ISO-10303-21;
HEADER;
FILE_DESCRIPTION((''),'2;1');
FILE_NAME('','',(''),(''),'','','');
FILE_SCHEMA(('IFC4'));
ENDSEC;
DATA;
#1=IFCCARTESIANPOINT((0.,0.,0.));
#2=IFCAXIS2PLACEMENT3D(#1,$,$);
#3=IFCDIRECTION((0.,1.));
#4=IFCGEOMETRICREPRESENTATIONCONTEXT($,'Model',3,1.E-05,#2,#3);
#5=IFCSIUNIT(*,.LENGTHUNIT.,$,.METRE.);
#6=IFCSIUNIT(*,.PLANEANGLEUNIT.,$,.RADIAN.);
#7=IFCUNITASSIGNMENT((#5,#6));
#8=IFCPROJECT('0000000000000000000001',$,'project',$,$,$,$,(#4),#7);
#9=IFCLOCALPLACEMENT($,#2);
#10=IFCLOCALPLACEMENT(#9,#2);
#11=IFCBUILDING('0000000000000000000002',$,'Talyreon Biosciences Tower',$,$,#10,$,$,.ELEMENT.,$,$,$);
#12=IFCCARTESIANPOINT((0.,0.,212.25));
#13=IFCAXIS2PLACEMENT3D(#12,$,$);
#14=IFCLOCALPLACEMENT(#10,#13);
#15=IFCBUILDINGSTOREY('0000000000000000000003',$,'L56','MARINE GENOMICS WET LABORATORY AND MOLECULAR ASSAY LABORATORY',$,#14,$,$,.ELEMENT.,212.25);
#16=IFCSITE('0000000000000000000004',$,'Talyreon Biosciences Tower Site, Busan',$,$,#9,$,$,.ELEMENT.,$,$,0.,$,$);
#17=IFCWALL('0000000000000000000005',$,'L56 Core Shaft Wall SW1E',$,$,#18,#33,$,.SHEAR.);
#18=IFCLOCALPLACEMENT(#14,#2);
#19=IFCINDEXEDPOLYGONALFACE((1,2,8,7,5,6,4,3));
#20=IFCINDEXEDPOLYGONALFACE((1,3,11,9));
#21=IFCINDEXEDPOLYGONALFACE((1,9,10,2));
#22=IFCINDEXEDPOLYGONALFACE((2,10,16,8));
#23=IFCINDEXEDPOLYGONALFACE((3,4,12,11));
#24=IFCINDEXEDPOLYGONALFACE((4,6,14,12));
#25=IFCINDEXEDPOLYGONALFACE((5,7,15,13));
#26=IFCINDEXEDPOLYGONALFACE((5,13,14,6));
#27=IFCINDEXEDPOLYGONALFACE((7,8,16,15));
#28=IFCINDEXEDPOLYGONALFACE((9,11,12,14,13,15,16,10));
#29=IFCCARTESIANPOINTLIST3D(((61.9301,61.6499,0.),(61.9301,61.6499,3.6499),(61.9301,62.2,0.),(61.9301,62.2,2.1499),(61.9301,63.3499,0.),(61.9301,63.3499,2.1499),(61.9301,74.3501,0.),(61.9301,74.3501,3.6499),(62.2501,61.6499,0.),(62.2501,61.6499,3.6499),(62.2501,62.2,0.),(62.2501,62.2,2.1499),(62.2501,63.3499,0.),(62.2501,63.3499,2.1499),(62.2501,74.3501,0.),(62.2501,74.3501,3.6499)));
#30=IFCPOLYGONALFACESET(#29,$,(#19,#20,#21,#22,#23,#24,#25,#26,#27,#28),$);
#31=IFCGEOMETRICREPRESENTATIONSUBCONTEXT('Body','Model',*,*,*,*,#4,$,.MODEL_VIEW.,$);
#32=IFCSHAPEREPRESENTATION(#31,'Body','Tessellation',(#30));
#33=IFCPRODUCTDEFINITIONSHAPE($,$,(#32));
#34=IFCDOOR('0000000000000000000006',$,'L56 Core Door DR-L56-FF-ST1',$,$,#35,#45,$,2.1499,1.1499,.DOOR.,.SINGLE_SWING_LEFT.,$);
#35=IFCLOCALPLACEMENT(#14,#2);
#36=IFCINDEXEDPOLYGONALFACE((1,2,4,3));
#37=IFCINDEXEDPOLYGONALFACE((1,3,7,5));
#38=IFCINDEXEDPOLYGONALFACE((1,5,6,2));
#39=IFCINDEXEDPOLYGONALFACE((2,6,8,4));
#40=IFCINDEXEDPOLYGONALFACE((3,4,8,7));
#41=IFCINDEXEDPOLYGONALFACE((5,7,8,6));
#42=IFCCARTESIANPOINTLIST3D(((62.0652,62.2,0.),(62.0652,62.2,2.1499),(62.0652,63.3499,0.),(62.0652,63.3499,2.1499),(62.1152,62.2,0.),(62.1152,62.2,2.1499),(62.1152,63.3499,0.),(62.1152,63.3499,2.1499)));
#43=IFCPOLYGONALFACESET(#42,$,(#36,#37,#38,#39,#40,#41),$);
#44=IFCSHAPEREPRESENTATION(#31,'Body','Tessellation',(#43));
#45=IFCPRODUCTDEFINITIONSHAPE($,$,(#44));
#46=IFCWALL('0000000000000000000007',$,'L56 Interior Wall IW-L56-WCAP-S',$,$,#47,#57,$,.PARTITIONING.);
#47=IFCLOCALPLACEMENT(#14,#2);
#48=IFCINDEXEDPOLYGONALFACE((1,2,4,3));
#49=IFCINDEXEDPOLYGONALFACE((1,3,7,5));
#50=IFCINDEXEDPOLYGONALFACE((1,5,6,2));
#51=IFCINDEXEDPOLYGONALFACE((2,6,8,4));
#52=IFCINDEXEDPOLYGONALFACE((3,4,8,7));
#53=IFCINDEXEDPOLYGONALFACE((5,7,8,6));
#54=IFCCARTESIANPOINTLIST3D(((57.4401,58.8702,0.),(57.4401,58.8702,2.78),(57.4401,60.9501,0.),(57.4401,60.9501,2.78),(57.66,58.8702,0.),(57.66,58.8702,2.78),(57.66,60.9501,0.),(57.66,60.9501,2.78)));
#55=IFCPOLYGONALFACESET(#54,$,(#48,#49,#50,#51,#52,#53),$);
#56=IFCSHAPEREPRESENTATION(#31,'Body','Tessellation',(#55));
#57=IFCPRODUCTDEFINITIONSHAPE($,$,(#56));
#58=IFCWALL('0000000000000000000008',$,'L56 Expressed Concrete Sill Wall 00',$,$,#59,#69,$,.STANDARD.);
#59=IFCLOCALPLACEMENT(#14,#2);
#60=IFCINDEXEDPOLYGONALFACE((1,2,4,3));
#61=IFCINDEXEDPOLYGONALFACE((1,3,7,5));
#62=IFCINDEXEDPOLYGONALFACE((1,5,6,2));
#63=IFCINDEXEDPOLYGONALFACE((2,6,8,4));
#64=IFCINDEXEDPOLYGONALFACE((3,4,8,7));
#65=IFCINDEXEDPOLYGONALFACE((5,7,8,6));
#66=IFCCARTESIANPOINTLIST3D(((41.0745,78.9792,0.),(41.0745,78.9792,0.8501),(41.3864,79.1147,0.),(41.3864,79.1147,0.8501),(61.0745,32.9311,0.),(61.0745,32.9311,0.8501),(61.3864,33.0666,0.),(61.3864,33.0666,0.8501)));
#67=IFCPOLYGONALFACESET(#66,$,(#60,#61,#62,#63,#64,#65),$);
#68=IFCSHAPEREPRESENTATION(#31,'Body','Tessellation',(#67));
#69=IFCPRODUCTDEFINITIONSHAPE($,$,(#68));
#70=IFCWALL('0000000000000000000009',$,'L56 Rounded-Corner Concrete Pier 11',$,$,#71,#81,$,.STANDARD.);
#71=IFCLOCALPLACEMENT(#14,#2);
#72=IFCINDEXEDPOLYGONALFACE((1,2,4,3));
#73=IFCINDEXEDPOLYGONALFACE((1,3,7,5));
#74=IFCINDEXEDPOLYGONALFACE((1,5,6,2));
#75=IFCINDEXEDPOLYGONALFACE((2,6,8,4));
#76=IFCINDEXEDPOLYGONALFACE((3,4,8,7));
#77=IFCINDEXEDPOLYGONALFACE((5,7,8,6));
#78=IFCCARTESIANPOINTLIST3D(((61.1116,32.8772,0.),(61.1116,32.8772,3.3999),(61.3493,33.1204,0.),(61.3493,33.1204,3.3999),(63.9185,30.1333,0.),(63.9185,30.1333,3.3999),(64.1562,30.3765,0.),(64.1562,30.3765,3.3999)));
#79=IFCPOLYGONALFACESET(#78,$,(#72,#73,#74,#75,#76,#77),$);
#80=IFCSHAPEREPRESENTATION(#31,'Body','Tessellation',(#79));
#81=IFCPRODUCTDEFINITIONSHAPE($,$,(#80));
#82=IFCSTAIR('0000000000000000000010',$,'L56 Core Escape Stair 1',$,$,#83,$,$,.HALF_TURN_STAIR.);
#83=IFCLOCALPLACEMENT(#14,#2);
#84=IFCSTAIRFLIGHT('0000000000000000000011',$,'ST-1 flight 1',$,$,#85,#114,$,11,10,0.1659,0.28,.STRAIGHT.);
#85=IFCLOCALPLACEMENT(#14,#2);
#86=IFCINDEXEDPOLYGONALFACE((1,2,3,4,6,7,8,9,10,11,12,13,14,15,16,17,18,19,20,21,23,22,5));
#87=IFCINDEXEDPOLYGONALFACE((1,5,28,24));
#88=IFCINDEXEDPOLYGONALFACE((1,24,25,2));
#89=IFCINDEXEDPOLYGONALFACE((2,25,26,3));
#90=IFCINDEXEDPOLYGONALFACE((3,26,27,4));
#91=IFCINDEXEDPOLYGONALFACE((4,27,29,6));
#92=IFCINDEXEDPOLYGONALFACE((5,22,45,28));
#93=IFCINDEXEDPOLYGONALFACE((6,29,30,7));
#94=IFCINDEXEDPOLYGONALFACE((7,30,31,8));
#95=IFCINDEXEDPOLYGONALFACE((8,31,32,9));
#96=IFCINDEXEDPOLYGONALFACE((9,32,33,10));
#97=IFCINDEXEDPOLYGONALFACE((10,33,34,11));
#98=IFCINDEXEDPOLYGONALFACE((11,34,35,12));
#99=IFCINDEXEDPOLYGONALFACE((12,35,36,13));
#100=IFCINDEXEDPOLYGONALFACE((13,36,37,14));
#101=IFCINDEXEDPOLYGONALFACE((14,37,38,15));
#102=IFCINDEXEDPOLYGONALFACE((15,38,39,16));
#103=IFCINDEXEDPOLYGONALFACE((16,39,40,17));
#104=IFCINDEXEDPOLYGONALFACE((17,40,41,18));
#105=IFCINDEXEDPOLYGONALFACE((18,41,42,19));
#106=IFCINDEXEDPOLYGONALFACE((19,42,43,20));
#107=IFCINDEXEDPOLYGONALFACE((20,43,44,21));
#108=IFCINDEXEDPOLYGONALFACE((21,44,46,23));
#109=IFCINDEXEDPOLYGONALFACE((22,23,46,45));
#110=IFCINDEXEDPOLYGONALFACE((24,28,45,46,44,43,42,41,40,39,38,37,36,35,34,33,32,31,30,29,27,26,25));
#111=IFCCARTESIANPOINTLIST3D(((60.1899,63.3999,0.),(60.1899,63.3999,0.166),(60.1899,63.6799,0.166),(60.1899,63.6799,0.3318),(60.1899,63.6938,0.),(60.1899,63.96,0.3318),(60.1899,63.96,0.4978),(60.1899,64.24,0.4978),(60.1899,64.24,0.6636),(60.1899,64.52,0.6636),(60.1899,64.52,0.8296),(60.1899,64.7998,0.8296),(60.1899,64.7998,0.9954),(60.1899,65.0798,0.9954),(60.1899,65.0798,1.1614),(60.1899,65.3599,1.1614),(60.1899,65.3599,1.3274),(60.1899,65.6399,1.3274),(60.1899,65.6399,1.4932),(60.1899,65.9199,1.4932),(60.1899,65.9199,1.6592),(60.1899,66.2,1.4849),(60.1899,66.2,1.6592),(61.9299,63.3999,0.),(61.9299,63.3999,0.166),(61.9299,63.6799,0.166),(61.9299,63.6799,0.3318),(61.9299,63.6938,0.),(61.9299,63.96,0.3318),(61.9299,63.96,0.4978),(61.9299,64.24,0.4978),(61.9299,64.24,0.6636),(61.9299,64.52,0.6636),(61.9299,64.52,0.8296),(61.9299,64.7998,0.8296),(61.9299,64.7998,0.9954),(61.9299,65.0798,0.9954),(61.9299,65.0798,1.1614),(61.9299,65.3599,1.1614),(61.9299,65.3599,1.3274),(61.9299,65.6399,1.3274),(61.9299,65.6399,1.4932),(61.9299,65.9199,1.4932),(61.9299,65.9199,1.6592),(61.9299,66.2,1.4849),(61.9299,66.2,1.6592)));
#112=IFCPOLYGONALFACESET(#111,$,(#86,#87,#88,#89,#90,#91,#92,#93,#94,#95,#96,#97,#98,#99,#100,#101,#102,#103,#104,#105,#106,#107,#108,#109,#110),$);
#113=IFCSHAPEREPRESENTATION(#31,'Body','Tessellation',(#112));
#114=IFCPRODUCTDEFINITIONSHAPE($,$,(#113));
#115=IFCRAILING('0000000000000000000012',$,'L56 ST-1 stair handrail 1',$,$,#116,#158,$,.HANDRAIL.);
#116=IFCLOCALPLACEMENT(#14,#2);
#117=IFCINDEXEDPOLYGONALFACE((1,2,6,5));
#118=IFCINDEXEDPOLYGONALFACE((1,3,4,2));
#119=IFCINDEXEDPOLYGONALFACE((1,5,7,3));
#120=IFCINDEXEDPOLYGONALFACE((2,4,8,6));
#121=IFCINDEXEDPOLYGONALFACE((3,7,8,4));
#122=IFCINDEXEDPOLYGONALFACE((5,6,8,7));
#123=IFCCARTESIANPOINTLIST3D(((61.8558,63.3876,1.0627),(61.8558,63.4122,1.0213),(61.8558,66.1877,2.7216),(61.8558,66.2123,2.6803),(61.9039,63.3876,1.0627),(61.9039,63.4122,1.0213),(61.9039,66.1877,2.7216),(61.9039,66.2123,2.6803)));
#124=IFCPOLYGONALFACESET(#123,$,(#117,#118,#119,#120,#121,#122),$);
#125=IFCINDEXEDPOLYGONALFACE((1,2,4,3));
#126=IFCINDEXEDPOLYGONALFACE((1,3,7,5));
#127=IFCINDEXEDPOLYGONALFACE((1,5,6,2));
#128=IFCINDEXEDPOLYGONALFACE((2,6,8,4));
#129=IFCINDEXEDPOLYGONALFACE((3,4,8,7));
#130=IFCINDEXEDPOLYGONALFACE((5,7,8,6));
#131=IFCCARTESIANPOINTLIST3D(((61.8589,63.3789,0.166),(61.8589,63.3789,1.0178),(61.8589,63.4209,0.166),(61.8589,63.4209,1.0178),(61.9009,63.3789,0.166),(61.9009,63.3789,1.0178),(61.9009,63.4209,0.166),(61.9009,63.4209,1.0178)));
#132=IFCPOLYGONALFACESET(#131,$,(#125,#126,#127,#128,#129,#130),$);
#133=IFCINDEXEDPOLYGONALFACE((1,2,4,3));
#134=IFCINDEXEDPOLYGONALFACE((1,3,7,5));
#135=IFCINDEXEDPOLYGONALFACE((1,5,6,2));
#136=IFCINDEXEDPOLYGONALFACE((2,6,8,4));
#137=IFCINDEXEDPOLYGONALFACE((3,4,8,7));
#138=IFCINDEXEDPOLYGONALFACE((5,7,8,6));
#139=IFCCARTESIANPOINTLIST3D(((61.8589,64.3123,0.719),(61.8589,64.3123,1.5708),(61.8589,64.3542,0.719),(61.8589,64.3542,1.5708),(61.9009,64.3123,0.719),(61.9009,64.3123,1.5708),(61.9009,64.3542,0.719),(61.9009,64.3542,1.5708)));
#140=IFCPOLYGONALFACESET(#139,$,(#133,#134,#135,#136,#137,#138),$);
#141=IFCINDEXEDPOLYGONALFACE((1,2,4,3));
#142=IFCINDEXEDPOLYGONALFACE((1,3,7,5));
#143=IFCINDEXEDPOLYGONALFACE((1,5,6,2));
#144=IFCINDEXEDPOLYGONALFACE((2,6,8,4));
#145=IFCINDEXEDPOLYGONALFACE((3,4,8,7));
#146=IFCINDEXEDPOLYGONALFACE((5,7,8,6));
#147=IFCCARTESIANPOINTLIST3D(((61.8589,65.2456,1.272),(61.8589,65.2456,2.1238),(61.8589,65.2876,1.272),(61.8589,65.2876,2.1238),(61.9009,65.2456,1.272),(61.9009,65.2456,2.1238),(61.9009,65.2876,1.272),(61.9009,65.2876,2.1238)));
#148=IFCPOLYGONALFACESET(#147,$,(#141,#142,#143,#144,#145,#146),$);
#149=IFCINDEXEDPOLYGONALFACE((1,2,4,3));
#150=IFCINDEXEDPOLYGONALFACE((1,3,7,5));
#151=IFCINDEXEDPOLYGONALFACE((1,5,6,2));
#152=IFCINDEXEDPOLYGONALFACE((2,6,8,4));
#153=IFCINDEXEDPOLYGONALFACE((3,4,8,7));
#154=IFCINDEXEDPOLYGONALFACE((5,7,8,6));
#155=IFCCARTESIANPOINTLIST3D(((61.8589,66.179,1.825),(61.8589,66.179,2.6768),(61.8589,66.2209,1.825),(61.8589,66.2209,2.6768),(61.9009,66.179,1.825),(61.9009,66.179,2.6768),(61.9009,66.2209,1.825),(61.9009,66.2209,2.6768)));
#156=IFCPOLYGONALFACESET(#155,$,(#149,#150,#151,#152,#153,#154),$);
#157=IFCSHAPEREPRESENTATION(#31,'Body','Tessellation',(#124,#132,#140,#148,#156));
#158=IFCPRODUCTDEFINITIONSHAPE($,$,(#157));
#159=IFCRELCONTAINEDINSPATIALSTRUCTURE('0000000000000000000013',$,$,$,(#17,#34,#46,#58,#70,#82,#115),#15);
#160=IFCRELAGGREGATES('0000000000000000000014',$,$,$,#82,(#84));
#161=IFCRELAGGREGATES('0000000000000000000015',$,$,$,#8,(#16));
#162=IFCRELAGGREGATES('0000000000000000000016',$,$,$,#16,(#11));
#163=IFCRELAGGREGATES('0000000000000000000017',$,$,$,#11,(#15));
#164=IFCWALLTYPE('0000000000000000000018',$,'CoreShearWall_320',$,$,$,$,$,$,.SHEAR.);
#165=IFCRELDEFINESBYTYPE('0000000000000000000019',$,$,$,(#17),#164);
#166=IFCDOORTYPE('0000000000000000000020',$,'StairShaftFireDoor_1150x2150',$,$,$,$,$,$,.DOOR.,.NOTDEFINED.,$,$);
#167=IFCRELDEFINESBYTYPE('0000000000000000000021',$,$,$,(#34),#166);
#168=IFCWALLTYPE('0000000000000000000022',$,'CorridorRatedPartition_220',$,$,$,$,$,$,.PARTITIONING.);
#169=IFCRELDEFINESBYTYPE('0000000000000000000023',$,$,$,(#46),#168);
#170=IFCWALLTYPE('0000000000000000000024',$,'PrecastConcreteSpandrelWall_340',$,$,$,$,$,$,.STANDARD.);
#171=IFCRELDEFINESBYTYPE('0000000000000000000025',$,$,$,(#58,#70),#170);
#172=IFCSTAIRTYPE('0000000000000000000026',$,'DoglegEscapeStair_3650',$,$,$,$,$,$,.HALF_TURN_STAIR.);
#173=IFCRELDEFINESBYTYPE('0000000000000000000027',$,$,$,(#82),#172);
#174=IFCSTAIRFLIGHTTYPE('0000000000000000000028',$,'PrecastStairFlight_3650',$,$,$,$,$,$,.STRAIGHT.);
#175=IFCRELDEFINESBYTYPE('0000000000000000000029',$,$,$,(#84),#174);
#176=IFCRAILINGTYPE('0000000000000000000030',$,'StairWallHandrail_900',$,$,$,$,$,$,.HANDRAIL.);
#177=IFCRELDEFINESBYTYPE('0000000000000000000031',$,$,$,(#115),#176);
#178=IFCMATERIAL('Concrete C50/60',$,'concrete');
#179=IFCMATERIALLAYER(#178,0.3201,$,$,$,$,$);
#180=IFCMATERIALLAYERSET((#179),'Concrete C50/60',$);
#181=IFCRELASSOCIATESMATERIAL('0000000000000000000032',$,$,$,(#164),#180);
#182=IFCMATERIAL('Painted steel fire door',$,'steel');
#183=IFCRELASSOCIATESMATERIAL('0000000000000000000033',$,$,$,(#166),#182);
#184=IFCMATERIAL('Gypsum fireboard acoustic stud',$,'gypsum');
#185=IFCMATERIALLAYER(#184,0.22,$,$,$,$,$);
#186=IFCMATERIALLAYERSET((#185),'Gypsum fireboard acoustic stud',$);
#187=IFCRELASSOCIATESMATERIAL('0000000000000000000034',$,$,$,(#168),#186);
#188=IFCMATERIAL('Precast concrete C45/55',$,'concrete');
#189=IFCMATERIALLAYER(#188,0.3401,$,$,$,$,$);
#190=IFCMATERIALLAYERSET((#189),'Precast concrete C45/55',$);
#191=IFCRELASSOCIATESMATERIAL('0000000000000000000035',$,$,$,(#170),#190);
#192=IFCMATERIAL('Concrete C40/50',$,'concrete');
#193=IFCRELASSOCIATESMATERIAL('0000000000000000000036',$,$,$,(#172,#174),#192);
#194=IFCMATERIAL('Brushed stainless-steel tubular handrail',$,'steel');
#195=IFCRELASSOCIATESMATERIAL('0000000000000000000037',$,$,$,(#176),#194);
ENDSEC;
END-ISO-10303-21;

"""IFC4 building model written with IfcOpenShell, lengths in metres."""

from ifc_helpers import new_model, si_unit, direction, frame, frame_2d, origin, origin_2d, place, context, subcontext, project, spatial, polyline, rectangle, outline, extrude, material, layer, layer_set, type_object, element, fill, aggregate, save


model = new_model("IFC4")

# Units and contexts
model_context = context("Model", 3, precision=1e-05, world=origin(), true_north=direction((0.0, 1.0)))
body_context = subcontext(model_context, "Body", "Model", "MODEL_VIEW")
ifc_project = project(units=[si_unit("LENGTHUNIT", "METRE"), si_unit("PLANEANGLEUNIT", "RADIAN")], contexts=[model_context])

# Site, building, storey
site_placement = place(None, origin())
site = spatial("IfcSite", under=ifc_project, at=site_placement, Name="Talyreon Biosciences Tower Site, Busan", CompositionType="ELEMENT", RefElevation=0.0)
building_placement = place(site_placement, origin())
building = spatial("IfcBuilding", under=site, at=building_placement, Name="Talyreon Biosciences Tower", CompositionType="ELEMENT")
storey_placement = place(building_placement, frame((0.0, 0.0, 212.25)))
storey = spatial("IfcBuildingStorey", under=building, at=storey_placement, Name="L56", Description="MARINE GENOMICS WET LABORATORY AND MOLECULAR ASSAY LABORATORY", CompositionType="ELEMENT", Elevation=212.25)

# Shared definitions
ifc_material_1 = material(Name="Concrete C50/60", Category="concrete")

# Shared definitions
ifc_material_2 = material(Name="Precast concrete C45/55", Category="concrete")

# Wall, opening, door
ifc_layer_1 = layer(ifc_material_1, 0.3201)
ifc_layer_set_1 = layer_set([ifc_layer_1], Name="Concrete C50/60")
wall_type_1 = type_object("IfcWallType", Name="CoreShearWall_320", PredefinedType="SHEAR", material=ifc_layer_set_1)
wall_1_placement = place(storey_placement, frame((62.0901, 61.6499, 0.0), z_axis=(0.0, 0.0, 1.0), x_axis=(0.0, 1.0, 0.0)))
wall_1 = element("IfcWall", 1, at=wall_1_placement, inside=storey, type_object=wall_type_1, Name="L56 Core Shaft Wall SW1E", PredefinedType="SHEAR", context=body_context, shape_type="SweptSolid", body=[
    extrude(rectangle(XDim=12.7002, YDim=0.3201, at=frame_2d((6.3501, 0.0))), origin(), (0.0, 0.0, 1.0), 3.6499),
])
opening_1_placement = place(wall_1_placement, frame((0.55, 0.0, 0.0)))
opening_1 = element("IfcOpeningElement", 2, at=opening_1_placement, cuts=wall_1, PredefinedType="OPENING", context=body_context, shape_type="SweptSolid", body=[
    extrude(rectangle(XDim=1.1499, YDim=2.1499, at=frame_2d((0.575, 1.075))), frame((0.0, 0.1699, 0.0), z_axis=(0.0, -1.0, 0.0), x_axis=(1.0, 0.0, 0.0)), (0.0, 0.0, 1.0), 0.3401),
])
ifc_material_3 = material(Name="Painted steel fire door", Category="steel")
door_type_1 = type_object("IfcDoorType", Name="StairShaftFireDoor_1150x2150", OperationType="NOTDEFINED", PredefinedType="DOOR", material=ifc_material_3)
door_1_placement = place(opening_1_placement, origin())
door_1 = element("IfcDoor", 3, at=door_1_placement, inside=storey, type_object=door_type_1, Name="L56 Core Door DR-L56-FF-ST1", OperationType="SINGLE_SWING_LEFT", OverallHeight=2.1499, OverallWidth=1.1499, PredefinedType="DOOR", context=body_context, shape_type="SweptSolid", body=[
    extrude(rectangle(XDim=1.1499, YDim=2.1499, at=frame_2d((0.575, 1.075))), frame((0.0, 0.0249, 0.0), z_axis=(0.0, -1.0, 0.0), x_axis=(1.0, 0.0, 0.0)), (0.0, 0.0, 1.0), 0.05),
])
fill(opening_1, door_1)

# Walls
ifc_material_4 = material(Name="Gypsum fireboard acoustic stud", Category="gypsum")
ifc_layer_2 = layer(ifc_material_4, 0.22)
ifc_layer_set_2 = layer_set([ifc_layer_2], Name="Gypsum fireboard acoustic stud")
wall_type_2 = type_object("IfcWallType", Name="CorridorRatedPartition_220", PredefinedType="PARTITIONING", material=ifc_layer_set_2)
wall_2_placement = place(storey_placement, frame((57.55, 58.8701, 0.0), z_axis=(0.0, 0.0, 1.0), x_axis=(0.0, 1.0, 0.0)))
element("IfcWall", 4, at=wall_2_placement, inside=storey, type_object=wall_type_2, Name="L56 Interior Wall IW-L56-WCAP-S", PredefinedType="PARTITIONING", context=body_context, shape_type="SweptSolid", body=[
    extrude(rectangle(XDim=2.0798, YDim=0.22, at=frame_2d((1.04, 0.0))), origin(), (0.0, 0.0, 1.0), 2.78),
])
ifc_layer_3 = layer(ifc_material_2, 0.3401)
ifc_layer_set_3 = layer_set([ifc_layer_3], Name="Precast concrete C45/55")
wall_type_3 = type_object("IfcWallType", Name="PrecastConcreteSpandrelWall_340", PredefinedType="STANDARD", material=ifc_layer_set_3)
wall_3_placement = place(storey_placement, frame((61.2305, 32.9988, 0.0), z_axis=(0.0, 0.0, 1.0), x_axis=(-0.398376, 0.917222, 0.0)))
element("IfcWall", 5, at=wall_3_placement, inside=storey, type_object=wall_type_3, Name="L56 Expressed Concrete Sill Wall 00", PredefinedType="STANDARD", context=body_context, shape_type="SweptSolid", body=[
    extrude(rectangle(XDim=50.2039, YDim=0.3401, at=frame_2d((25.1021, 0.0))), origin(), (0.0, 0.0, 1.0), 0.8501),
])
wall_4_placement = place(storey_placement, frame((64.0374, 30.2549, 0.0), z_axis=(0.0, 0.0, 1.0), x_axis=(-0.715085, 0.699038, 0.0)))
element("IfcWall", 6, at=wall_4_placement, inside=storey, type_object=wall_type_3, Name="L56 Rounded-Corner Concrete Pier 11", PredefinedType="STANDARD", context=body_context, shape_type="SweptSolid", body=[
    extrude(rectangle(XDim=3.9253, YDim=0.3401, at=frame_2d((1.9626, 0.0))), origin(), (0.0, 0.0, 1.0), 3.3999),
])

# Stair, stair flight
ifc_material_5 = material(Name="Concrete C40/50", Category="concrete")
stair_type = type_object("IfcStairType", Name="DoglegEscapeStair_3650", PredefinedType="HALF_TURN_STAIR", material=ifc_material_5)
stair_placement = place(storey_placement, origin())
stair = element("IfcStair", 7, at=stair_placement, inside=storey, type_object=stair_type, Name="L56 Core Escape Stair 1", PredefinedType="HALF_TURN_STAIR")
stair_flight_type = type_object("IfcStairFlightType", Name="PrecastStairFlight_3650", PredefinedType="STRAIGHT", material=ifc_material_5)
stair_flight_placement = place(storey_placement, frame((61.0601, 63.3999, 0.0), z_axis=(0.0, 0.0, 1.0), x_axis=(0.0, 1.0, 0.0)))
stair_flight = element("IfcStairFlight", 8, at=stair_flight_placement, type_object=stair_flight_type, Name="ST-1 flight 1", NumberOfRisers=11, NumberOfTreads=10, PredefinedType="STRAIGHT", RiserHeight=0.1659, TreadLength=0.28, context=body_context, shape_type="SweptSolid", body=[
    extrude(outline(polyline([(0.0, 0.0), (0.0, 0.166), (0.28, 0.166), (0.28, 0.3318), (0.5601, 0.3318), (0.5601, 0.4978), (0.8401, 0.4978), (0.8401, 0.6636), (1.1201, 0.6636), (1.1201, 0.8296), (1.3999, 0.8296), (1.3999, 0.9954), (1.6799, 0.9954), (1.6799, 1.1614), (1.96, 1.1614), (1.96, 1.3274), (2.24, 1.3274), (2.24, 1.4932), (2.52, 1.4932), (2.52, 1.6592), (2.8, 1.6592), (2.8, 1.825), (2.8, 1.4849), (0.2939, 0.0), (0.0, 0.0)])), frame((0.0, 0.8701, 0.0), z_axis=(0.0, -1.0, 0.0), x_axis=(1.0, 0.0, 0.0)), (0.0, 0.0, 1.0), 1.74),
])
aggregate(stair, [stair_flight])

# Railing
ifc_material_6 = material(Name="Brushed stainless-steel tubular handrail", Category="steel")
railing_type_1 = type_object("IfcRailingType", Name="StairWallHandrail_900", PredefinedType="HANDRAIL", material=ifc_material_6)
railing_1_placement = place(storey_placement, frame((61.8799, 63.3999, 0.166)))
element("IfcRailing", 9, at=railing_1_placement, inside=storey, type_object=railing_type_1, Name="L56 ST-1 stair handrail 1", PredefinedType="HANDRAIL", context=body_context, shape_type="SweptSolid", body=[
    extrude(rectangle(XDim=0.0481, YDim=0.0481, at=origin_2d()), frame((0.0, 0.0, 0.876), z_axis=(0.0, 0.860339, 0.509722), x_axis=(-1.0, 0.0, 0.0)), (0.0, 0.0, 1.0), 3.2546),
    extrude(rectangle(XDim=0.042, YDim=0.042, at=origin_2d()), origin(), (0.0, 0.0, 1.0), 0.8518),
    extrude(rectangle(XDim=0.042, YDim=0.042, at=origin_2d()), frame((0.0, 0.9333, 0.553)), (0.0, 0.0, 1.0), 0.8518),
    extrude(rectangle(XDim=0.042, YDim=0.042, at=origin_2d()), frame((0.0, 1.8667, 1.106)), (0.0, 0.0, 1.0), 0.8518),
    extrude(rectangle(XDim=0.042, YDim=0.042, at=origin_2d()), frame((0.0, 2.8, 1.6589)), (0.0, 0.0, 1.0), 0.8518),
])

save(model, "model.ifc")
